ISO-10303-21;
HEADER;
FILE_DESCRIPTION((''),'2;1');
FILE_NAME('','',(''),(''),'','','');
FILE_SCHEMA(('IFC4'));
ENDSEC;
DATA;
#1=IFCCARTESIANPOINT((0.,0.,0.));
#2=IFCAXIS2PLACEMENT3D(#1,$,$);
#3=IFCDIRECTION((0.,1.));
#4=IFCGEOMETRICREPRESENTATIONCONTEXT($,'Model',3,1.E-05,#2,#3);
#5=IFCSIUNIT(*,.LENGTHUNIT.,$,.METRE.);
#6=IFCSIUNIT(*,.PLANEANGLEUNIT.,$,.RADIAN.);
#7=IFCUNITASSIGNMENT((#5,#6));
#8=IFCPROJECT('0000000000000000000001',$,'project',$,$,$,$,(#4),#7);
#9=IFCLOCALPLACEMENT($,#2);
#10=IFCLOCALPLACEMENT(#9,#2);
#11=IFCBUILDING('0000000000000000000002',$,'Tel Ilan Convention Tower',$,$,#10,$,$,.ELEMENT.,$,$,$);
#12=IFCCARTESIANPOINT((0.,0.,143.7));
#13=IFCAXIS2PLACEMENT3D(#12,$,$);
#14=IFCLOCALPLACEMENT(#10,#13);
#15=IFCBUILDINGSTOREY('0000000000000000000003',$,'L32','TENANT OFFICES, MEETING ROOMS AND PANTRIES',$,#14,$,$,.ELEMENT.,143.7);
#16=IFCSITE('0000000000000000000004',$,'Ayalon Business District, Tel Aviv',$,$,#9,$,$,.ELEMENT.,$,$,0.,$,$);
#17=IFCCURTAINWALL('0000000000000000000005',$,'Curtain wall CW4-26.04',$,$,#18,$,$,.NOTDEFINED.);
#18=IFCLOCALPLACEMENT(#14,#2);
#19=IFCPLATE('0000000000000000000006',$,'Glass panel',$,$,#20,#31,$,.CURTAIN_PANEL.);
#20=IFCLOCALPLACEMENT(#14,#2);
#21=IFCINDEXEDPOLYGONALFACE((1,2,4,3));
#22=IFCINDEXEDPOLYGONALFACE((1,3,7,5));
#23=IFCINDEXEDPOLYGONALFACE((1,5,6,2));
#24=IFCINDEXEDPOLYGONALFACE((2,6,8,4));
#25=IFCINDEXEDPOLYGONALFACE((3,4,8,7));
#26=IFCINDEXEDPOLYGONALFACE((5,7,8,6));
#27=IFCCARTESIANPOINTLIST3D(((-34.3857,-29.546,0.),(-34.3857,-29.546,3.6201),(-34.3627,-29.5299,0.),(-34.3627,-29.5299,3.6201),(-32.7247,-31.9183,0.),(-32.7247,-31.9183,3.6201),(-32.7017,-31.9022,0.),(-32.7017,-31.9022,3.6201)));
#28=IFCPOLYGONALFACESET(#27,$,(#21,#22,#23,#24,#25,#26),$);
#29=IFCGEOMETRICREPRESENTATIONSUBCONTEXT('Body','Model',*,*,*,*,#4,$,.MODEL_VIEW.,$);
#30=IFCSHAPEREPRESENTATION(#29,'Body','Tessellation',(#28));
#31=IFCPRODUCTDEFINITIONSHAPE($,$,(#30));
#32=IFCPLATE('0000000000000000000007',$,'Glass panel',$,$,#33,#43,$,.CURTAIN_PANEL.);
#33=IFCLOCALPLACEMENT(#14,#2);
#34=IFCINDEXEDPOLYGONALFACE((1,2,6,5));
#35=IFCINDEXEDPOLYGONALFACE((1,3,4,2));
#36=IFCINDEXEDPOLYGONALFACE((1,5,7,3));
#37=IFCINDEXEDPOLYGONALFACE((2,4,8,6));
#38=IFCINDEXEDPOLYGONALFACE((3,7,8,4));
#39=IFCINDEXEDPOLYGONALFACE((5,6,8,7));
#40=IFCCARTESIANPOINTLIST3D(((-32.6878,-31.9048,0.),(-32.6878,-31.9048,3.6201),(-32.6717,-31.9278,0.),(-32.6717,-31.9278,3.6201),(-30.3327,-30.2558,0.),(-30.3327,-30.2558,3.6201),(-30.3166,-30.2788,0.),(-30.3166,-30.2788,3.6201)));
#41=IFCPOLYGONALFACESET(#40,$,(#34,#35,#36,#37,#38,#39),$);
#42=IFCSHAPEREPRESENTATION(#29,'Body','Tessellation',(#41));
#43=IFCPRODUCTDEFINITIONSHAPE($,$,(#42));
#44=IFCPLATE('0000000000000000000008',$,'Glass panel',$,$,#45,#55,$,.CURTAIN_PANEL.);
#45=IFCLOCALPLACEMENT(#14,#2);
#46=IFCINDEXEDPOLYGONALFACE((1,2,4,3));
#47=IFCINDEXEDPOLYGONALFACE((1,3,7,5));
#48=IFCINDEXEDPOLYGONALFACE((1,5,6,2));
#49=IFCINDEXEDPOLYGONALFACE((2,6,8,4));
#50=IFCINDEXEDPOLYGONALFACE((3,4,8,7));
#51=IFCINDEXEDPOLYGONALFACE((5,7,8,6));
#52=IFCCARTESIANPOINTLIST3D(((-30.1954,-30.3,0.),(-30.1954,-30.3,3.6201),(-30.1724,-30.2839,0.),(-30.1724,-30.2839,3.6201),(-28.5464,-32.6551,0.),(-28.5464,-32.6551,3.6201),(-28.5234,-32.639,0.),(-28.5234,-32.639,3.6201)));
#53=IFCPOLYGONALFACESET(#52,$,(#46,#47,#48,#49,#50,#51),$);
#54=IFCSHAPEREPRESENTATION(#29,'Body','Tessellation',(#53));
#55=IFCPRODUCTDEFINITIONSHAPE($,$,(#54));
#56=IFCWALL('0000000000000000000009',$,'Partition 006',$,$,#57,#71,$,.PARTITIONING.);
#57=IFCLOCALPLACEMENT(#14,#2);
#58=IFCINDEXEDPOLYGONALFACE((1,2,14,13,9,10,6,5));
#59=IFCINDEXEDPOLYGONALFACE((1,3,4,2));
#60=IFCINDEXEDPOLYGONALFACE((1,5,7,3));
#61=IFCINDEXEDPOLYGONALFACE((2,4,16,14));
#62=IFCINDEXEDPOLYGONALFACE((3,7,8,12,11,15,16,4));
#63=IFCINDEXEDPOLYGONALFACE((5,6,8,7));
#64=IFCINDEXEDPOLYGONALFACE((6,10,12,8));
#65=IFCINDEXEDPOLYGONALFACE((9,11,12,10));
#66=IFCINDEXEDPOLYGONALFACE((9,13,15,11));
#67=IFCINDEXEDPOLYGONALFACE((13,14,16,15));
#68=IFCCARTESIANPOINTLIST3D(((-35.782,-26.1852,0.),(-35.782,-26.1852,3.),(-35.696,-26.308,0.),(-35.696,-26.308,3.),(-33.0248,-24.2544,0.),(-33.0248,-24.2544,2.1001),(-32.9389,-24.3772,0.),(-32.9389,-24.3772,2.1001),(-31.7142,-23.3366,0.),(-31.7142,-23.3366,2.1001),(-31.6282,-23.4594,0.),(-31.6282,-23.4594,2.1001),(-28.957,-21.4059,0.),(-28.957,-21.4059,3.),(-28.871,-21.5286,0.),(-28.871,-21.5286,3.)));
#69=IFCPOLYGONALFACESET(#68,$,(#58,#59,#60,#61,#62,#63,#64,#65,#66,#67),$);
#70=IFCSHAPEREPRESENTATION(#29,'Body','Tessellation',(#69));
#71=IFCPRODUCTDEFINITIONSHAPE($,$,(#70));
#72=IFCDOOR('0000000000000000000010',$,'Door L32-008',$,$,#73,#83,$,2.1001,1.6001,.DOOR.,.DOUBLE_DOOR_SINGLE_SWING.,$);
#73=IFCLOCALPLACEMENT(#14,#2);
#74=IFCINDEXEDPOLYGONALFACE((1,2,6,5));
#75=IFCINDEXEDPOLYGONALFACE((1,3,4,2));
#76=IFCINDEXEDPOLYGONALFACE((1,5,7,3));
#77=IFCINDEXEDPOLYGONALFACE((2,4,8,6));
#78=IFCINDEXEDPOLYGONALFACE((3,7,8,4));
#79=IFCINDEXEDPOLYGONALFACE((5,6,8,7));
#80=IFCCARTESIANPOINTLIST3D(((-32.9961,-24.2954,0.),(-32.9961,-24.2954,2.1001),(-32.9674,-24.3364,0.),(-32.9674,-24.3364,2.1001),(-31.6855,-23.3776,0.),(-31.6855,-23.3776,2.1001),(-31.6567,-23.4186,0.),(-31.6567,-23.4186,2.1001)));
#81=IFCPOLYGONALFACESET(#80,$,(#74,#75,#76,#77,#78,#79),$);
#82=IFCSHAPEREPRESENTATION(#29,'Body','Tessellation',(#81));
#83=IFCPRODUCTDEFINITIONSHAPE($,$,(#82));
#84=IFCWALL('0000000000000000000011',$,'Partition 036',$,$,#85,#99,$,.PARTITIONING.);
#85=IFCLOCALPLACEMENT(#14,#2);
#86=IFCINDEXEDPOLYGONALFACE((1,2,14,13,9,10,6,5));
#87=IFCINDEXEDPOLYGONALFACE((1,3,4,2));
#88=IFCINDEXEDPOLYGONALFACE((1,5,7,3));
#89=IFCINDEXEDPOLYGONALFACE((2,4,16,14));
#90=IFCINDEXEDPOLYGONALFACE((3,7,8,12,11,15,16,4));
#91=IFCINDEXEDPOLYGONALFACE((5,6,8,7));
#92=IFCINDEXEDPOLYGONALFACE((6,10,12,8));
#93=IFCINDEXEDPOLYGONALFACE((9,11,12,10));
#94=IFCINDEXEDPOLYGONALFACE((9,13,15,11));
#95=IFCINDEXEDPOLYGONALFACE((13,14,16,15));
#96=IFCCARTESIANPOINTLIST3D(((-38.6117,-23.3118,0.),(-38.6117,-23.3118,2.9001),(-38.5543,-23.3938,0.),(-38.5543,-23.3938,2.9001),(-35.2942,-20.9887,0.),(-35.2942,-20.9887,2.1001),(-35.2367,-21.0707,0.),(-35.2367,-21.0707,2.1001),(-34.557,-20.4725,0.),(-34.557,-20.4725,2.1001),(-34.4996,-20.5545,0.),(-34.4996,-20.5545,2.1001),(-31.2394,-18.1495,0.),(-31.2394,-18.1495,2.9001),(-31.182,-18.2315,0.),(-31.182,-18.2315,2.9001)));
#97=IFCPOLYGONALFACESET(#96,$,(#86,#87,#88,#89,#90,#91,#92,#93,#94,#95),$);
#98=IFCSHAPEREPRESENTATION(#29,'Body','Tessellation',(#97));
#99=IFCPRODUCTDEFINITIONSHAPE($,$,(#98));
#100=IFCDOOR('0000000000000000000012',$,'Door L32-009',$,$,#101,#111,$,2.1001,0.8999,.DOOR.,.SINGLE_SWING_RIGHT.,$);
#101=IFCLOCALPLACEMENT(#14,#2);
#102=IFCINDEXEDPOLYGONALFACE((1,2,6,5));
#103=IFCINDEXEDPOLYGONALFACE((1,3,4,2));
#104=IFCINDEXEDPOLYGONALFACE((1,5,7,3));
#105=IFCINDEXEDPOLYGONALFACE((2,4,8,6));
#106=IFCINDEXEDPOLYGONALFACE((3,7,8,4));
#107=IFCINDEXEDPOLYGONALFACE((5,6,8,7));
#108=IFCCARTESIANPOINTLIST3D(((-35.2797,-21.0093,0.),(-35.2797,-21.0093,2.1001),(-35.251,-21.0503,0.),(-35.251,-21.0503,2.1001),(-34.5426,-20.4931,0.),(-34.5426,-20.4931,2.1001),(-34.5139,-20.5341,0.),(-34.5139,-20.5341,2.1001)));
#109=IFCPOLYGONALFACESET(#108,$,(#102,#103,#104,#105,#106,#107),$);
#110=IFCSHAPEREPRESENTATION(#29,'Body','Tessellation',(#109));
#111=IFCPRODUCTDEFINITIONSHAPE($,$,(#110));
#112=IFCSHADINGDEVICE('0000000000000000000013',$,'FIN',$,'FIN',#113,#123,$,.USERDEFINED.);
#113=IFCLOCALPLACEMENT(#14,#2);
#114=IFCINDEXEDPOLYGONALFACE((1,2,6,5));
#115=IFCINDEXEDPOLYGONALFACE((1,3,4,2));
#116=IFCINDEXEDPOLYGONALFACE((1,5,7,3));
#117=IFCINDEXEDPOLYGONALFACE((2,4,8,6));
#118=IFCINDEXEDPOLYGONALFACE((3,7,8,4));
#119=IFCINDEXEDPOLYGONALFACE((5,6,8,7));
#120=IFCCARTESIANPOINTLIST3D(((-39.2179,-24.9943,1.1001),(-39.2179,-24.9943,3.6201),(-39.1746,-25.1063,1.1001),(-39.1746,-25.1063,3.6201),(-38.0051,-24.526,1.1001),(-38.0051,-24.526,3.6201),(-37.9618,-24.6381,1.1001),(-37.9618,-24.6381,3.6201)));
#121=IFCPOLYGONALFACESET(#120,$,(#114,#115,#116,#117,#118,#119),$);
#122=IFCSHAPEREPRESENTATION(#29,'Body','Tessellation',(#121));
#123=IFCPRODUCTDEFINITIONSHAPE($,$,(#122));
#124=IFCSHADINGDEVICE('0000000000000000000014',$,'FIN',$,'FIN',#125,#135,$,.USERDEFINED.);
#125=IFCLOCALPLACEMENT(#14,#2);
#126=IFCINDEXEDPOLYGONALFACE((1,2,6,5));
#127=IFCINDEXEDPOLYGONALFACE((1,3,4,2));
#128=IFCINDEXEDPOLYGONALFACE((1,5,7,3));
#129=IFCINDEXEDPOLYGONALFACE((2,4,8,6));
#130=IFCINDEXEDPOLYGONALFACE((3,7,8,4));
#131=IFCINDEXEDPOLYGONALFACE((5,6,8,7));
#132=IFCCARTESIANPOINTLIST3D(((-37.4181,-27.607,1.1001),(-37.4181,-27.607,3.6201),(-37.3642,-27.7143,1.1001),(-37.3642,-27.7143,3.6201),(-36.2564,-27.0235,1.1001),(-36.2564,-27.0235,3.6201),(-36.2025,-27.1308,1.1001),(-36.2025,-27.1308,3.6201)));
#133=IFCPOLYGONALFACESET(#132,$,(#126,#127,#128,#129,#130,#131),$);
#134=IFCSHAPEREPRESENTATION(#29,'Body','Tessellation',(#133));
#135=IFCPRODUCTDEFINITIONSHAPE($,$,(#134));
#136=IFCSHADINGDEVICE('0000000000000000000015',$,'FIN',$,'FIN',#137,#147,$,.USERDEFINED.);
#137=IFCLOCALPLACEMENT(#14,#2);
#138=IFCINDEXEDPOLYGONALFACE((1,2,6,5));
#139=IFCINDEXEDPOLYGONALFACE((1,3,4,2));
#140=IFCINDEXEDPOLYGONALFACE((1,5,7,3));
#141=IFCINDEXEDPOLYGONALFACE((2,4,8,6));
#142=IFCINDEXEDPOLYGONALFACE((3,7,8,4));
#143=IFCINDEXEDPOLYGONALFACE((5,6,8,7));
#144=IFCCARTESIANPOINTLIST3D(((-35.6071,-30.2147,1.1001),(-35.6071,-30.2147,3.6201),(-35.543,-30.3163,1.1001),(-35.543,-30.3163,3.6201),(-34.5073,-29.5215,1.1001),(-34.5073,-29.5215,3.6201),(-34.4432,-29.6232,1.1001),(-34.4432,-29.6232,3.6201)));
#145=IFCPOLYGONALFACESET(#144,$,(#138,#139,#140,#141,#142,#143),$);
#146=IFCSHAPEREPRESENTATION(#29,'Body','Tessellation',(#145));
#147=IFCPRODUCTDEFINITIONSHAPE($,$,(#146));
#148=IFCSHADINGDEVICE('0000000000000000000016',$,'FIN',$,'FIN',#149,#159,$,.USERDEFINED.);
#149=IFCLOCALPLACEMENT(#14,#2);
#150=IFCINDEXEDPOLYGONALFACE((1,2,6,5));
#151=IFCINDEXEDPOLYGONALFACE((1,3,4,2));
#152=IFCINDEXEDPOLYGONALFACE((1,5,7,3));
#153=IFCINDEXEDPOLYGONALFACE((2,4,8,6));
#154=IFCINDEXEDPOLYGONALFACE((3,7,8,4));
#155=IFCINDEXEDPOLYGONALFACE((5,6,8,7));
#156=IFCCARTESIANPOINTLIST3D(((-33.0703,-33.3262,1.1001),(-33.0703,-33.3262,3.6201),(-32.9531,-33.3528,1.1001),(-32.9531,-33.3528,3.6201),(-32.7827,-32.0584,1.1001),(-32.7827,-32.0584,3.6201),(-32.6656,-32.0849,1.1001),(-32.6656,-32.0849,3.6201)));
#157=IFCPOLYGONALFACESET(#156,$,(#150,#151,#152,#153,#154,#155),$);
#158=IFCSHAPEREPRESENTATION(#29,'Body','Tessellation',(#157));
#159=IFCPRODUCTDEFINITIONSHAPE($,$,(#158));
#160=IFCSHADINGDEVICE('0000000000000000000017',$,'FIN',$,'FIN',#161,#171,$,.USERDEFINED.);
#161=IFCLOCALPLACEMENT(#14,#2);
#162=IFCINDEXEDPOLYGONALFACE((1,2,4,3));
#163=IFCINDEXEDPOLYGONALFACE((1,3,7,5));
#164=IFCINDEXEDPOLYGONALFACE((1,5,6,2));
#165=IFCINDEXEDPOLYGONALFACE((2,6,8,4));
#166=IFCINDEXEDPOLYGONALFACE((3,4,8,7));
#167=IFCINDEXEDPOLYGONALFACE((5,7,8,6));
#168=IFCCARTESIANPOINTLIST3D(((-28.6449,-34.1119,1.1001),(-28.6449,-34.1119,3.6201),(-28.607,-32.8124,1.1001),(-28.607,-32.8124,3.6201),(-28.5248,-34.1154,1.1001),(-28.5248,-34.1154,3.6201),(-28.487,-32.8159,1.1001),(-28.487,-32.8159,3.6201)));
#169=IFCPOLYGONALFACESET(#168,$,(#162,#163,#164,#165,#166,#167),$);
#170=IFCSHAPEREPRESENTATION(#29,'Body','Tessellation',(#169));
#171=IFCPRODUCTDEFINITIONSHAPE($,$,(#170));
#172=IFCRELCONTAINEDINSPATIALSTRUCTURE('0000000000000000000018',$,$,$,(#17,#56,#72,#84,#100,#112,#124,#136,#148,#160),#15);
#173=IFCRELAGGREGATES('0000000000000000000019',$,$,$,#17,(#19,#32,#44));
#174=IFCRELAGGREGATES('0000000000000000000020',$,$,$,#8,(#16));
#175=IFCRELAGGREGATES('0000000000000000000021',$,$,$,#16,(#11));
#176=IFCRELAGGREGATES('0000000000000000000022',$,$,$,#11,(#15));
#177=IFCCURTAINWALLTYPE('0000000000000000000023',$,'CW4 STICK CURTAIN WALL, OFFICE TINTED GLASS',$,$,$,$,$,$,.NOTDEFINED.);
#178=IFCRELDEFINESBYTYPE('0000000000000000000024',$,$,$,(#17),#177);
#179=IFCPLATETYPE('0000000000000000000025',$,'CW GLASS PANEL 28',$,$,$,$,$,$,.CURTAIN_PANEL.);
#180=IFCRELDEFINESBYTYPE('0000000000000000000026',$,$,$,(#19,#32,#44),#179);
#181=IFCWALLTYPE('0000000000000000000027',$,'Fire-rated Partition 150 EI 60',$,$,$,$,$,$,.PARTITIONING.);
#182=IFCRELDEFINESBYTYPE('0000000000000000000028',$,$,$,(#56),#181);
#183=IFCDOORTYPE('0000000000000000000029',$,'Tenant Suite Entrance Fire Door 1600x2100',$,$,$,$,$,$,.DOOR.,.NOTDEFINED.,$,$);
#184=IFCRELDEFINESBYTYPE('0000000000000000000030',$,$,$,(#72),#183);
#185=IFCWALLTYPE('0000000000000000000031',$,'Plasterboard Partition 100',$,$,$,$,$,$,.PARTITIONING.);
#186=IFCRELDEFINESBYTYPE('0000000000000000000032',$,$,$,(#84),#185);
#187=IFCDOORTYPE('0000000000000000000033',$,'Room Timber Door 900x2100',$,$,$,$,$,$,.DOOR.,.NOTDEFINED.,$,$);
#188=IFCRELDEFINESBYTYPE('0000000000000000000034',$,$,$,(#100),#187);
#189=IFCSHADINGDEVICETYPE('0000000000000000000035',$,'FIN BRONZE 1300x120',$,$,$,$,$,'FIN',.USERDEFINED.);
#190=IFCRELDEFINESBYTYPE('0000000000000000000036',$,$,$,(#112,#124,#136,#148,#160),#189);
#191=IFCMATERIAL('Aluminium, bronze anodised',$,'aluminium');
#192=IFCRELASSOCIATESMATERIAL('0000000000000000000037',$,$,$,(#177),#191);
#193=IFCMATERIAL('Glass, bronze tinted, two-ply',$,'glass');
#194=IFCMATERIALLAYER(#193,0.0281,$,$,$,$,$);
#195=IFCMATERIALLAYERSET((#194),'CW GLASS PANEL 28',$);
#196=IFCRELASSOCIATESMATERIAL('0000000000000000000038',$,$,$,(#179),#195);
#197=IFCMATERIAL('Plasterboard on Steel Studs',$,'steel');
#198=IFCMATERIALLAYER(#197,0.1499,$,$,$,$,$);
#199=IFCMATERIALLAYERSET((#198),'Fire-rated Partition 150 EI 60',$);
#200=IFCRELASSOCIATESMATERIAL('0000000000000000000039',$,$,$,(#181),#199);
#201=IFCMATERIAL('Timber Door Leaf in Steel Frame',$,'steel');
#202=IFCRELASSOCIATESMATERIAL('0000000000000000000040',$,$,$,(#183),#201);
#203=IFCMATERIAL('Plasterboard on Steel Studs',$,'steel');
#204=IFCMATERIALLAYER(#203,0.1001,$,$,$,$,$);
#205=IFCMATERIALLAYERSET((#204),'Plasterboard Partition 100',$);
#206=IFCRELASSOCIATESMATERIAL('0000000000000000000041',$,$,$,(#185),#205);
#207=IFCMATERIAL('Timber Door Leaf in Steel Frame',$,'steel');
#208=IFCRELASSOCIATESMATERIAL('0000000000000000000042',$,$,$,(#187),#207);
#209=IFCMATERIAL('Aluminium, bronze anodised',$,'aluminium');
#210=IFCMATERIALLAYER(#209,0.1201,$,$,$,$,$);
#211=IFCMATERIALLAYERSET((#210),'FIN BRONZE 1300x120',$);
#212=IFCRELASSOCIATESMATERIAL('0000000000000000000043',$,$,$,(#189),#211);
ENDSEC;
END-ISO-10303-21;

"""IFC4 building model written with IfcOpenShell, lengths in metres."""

from ifc_helpers import new_model, si_unit, direction, frame, frame_2d, origin, origin_2d, place, context, subcontext, project, spatial, rectangle, extrude, material, layer, layer_set, type_object, element, fill, aggregate, save


model = new_model("IFC4")

# Units and contexts
model_context = context("Model", 3, precision=1e-05, world=origin(), true_north=direction((0.0, 1.0)))
body_context = subcontext(model_context, "Body", "Model", "MODEL_VIEW")
ifc_project = project(units=[si_unit("LENGTHUNIT", "METRE"), si_unit("PLANEANGLEUNIT", "RADIAN")], contexts=[model_context])

# Site, building, storey
site_placement = place(None, origin())
site = spatial("IfcSite", under=ifc_project, at=site_placement, Name="Ayalon Business District, Tel Aviv", CompositionType="ELEMENT", RefElevation=0.0)
building_placement = place(site_placement, origin())
building = spatial("IfcBuilding", under=site, at=building_placement, Name="Tel Ilan Convention Tower", CompositionType="ELEMENT")
storey_placement = place(building_placement, frame((0.0, 0.0, 143.7)))
storey = spatial("IfcBuildingStorey", under=building, at=storey_placement, Name="L32", Description="TENANT OFFICES, MEETING ROOMS AND PANTRIES", CompositionType="ELEMENT", Elevation=143.7)

# Curtain wall, plates
ifc_material_1 = material(Name="Aluminium, bronze anodised", Category="aluminium")
curtain_wall_type = type_object("IfcCurtainWallType", Name="CW4 STICK CURTAIN WALL, OFFICE TINTED GLASS", PredefinedType="NOTDEFINED", material=ifc_material_1)
curtain_wall_placement = place(storey_placement, origin())
curtain_wall = element("IfcCurtainWall", 1, at=curtain_wall_placement, inside=storey, type_object=curtain_wall_type, Name="Curtain wall CW4-26.04", PredefinedType="NOTDEFINED")
ifc_material_2 = material(Name="Glass, bronze tinted, two-ply", Category="glass")
ifc_layer_1 = layer(ifc_material_2, 0.0281)
ifc_layer_set_1 = layer_set([ifc_layer_1], Name="CW GLASS PANEL 28")
plate_type = type_object("IfcPlateType", Name="CW GLASS PANEL 28", PredefinedType="CURTAIN_PANEL", material=ifc_layer_set_1)
plate_1_placement = place(storey_placement, frame((-33.5437, -30.7241, 0.0), z_axis=(0.0, 0.0, 1.0), x_axis=(0.573576, -0.819152, 0.0)))
plate_1 = element("IfcPlate", 2, at=plate_1_placement, type_object=plate_type, Name="Glass panel", PredefinedType="CURTAIN_PANEL", context=body_context, shape_type="SweptSolid", body=[
    extrude(rectangle(XDim=2.896, YDim=0.0281, at=origin_2d()), origin(), (0.0, 0.0, 1.0), 3.6201),
])
plate_2_placement = place(storey_placement, frame((-31.5022, -31.0918, 0.0), z_axis=(0.0, 0.0, 1.0), x_axis=(0.819152, 0.573576, 0.0)))
plate_2 = element("IfcPlate", 3, at=plate_2_placement, type_object=plate_type, Name="Glass panel", PredefinedType="CURTAIN_PANEL", context=body_context, shape_type="SweptSolid", body=[
    extrude(rectangle(XDim=2.875, YDim=0.0281, at=origin_2d()), origin(), (0.0, 0.0, 1.0), 3.6201),
])
plate_3_placement = place(storey_placement, frame((-29.3594, -31.4695, 0.0), z_axis=(0.0, 0.0, 1.0), x_axis=(0.573576, -0.819152, 0.0)))
plate_3 = element("IfcPlate", 4, at=plate_3_placement, type_object=plate_type, Name="Glass panel", PredefinedType="CURTAIN_PANEL", context=body_context, shape_type="SweptSolid", body=[
    extrude(rectangle(XDim=2.875, YDim=0.0281, at=origin_2d()), origin(), (0.0, 0.0, 1.0), 3.6201),
])
aggregate(curtain_wall, [plate_1, plate_2, plate_3])

# Walls, openings, doors
ifc_material_3 = material(Name="Plasterboard on Steel Studs", Category="steel")
ifc_layer_2 = layer(ifc_material_3, 0.1499)
ifc_layer_set_2 = layer_set([ifc_layer_2], Name="Fire-rated Partition 150 EI 60")
wall_type_1 = type_object("IfcWallType", Name="Fire-rated Partition 150 EI 60", PredefinedType="PARTITIONING", material=ifc_layer_set_2)
wall_1_placement = place(storey_placement, frame((-35.739, -26.2466, 0.0), z_axis=(0.0, 0.0, 1.0), x_axis=(0.819129, 0.57361, 0.0)))
wall_1 = element("IfcWall", 5, at=wall_1_placement, inside=storey, type_object=wall_type_1, Name="Partition 006", PredefinedType="PARTITIONING", context=body_context, shape_type="SweptSolid", body=[
    extrude(rectangle(XDim=8.332, YDim=0.1499, at=frame_2d((4.166, 0.0))), origin(), (0.0, 0.0, 1.0), 3.0),
])
opening_1_placement = place(wall_1_placement, frame((3.366, 0.0, 0.0)))
opening_1 = element("IfcOpeningElement", 6, at=opening_1_placement, cuts=wall_1, PredefinedType="OPENING", context=body_context, shape_type="SweptSolid", body=[
    extrude(rectangle(XDim=1.6001, YDim=2.1001, at=frame_2d((0.8, 1.05))), frame((0.0, 0.085, 0.0), z_axis=(0.0, -1.0, 0.0), x_axis=(1.0, 0.0, 0.0)), (0.0, 0.0, 1.0), 0.1699),
])
ifc_material_4 = material(Name="Timber Door Leaf in Steel Frame", Category="steel")
door_type_1 = type_object("IfcDoorType", Name="Tenant Suite Entrance Fire Door 1600x2100", OperationType="NOTDEFINED", PredefinedType="DOOR", material=ifc_material_4)
door_1_placement = place(opening_1_placement, origin())
door_1 = element("IfcDoor", 7, at=door_1_placement, inside=storey, type_object=door_type_1, Name="Door L32-008", OperationType="DOUBLE_DOOR_SINGLE_SWING", OverallHeight=2.1001, OverallWidth=1.6001, PredefinedType="DOOR", context=body_context, shape_type="SweptSolid", body=[
    extrude(rectangle(XDim=1.6001, YDim=2.1001, at=frame_2d((0.8, 1.05))), frame((0.0, 0.0249, 0.0), z_axis=(0.0, -1.0, 0.0), x_axis=(1.0, 0.0, 0.0)), (0.0, 0.0, 1.0), 0.05),
])
fill(opening_1, door_1)
ifc_material_5 = material(Name="Plasterboard on Steel Studs", Category="steel")
ifc_layer_3 = layer(ifc_material_5, 0.1001)
ifc_layer_set_3 = layer_set([ifc_layer_3], Name="Plasterboard Partition 100")
wall_type_2 = type_object("IfcWallType", Name="Plasterboard Partition 100", PredefinedType="PARTITIONING", material=ifc_layer_set_3)
wall_2_placement = place(storey_placement, frame((-38.583, -23.3528, 0.0), z_axis=(0.0, 0.0, 1.0), x_axis=(0.819141, 0.573592, 0.0)))
wall_2 = element("IfcWall", 8, at=wall_2_placement, inside=storey, type_object=wall_type_2, Name="Partition 036", PredefinedType="PARTITIONING", context=body_context, shape_type="SweptSolid", body=[
    extrude(rectangle(XDim=9.0, YDim=0.1001, at=frame_2d((4.5, 0.0))), origin(), (0.0, 0.0, 1.0), 2.9001),
])
opening_2_placement = place(wall_2_placement, frame((4.05, 0.0, 0.0)))
opening_2 = element("IfcOpeningElement", 9, at=opening_2_placement, cuts=wall_2, PredefinedType="OPENING", context=body_context, shape_type="SweptSolid", body=[
    extrude(rectangle(XDim=0.8999, YDim=2.1001, at=frame_2d((0.45, 1.05))), frame((0.0, 0.0601, 0.0), z_axis=(0.0, -1.0, 0.0), x_axis=(1.0, 0.0, 0.0)), (0.0, 0.0, 1.0), 0.1201),
])
ifc_material_6 = material(Name="Timber Door Leaf in Steel Frame", Category="steel")
door_type_2 = type_object("IfcDoorType", Name="Room Timber Door 900x2100", OperationType="NOTDEFINED", PredefinedType="DOOR", material=ifc_material_6)
door_2_placement = place(opening_2_placement, origin())
door_2 = element("IfcDoor", 10, at=door_2_placement, inside=storey, type_object=door_type_2, Name="Door L32-009", OperationType="SINGLE_SWING_RIGHT", OverallHeight=2.1001, OverallWidth=0.8999, PredefinedType="DOOR", context=body_context, shape_type="SweptSolid", body=[
    extrude(rectangle(XDim=0.8999, YDim=2.1001, at=frame_2d((0.45, 1.05))), frame((0.0, 0.0249, 0.0), z_axis=(0.0, -1.0, 0.0), x_axis=(1.0, 0.0, 0.0)), (0.0, 0.0, 1.0), 0.05),
])
fill(opening_2, door_2)

# Shading devices
ifc_material_7 = material(Name="Aluminium, bronze anodised", Category="aluminium")
ifc_layer_4 = layer(ifc_material_7, 0.1201)
ifc_layer_set_4 = layer_set([ifc_layer_4], Name="FIN BRONZE 1300x120")
shading_device_type = type_object("IfcShadingDeviceType", Name="FIN BRONZE 1300x120", ElementType="FIN", PredefinedType="USERDEFINED", material=ifc_layer_set_4)
for number, where, z_axis, x_axis, name in (
    (11, (-38.5898, -24.8162, 1.1001), (0.0, 0.0, 1.0), (-0.932884, -0.360178, 0.0), "FIN"),
    (12, (-36.8103, -27.3689, 1.1001), (0.0, 0.0, 1.0), (-0.893633, -0.448799, 0.0), "FIN"),
    (13, (-35.0251, -29.9189, 1.1001), (0.0, 0.0, 1.0), (-0.845986, -0.533204, 0.0), "FIN"),
    (14, (-32.8679, -32.7056, 1.1001), (0.0, 0.0, 1.0), (-0.22117, -0.975235, 0.0), "FIN"),
    (15, (-28.5659, -33.4639, 1.1001), (0.0, 0.0, 1.0), (-0.029085, -0.999577, 0.0), "FIN"),
):
    element("IfcShadingDevice", number, at=place(storey_placement, frame(where, z_axis=z_axis, x_axis=x_axis)), inside=storey, type_object=shading_device_type, Name=name, ObjectType="FIN", PredefinedType="USERDEFINED", context=body_context, shape_type="SweptSolid", body=[
        extrude(rectangle(XDim=1.3, YDim=0.1201, at=origin_2d()), origin(), (0.0, 0.0, 1.0), 2.52),
    ])

save(model, "model.ifc")
